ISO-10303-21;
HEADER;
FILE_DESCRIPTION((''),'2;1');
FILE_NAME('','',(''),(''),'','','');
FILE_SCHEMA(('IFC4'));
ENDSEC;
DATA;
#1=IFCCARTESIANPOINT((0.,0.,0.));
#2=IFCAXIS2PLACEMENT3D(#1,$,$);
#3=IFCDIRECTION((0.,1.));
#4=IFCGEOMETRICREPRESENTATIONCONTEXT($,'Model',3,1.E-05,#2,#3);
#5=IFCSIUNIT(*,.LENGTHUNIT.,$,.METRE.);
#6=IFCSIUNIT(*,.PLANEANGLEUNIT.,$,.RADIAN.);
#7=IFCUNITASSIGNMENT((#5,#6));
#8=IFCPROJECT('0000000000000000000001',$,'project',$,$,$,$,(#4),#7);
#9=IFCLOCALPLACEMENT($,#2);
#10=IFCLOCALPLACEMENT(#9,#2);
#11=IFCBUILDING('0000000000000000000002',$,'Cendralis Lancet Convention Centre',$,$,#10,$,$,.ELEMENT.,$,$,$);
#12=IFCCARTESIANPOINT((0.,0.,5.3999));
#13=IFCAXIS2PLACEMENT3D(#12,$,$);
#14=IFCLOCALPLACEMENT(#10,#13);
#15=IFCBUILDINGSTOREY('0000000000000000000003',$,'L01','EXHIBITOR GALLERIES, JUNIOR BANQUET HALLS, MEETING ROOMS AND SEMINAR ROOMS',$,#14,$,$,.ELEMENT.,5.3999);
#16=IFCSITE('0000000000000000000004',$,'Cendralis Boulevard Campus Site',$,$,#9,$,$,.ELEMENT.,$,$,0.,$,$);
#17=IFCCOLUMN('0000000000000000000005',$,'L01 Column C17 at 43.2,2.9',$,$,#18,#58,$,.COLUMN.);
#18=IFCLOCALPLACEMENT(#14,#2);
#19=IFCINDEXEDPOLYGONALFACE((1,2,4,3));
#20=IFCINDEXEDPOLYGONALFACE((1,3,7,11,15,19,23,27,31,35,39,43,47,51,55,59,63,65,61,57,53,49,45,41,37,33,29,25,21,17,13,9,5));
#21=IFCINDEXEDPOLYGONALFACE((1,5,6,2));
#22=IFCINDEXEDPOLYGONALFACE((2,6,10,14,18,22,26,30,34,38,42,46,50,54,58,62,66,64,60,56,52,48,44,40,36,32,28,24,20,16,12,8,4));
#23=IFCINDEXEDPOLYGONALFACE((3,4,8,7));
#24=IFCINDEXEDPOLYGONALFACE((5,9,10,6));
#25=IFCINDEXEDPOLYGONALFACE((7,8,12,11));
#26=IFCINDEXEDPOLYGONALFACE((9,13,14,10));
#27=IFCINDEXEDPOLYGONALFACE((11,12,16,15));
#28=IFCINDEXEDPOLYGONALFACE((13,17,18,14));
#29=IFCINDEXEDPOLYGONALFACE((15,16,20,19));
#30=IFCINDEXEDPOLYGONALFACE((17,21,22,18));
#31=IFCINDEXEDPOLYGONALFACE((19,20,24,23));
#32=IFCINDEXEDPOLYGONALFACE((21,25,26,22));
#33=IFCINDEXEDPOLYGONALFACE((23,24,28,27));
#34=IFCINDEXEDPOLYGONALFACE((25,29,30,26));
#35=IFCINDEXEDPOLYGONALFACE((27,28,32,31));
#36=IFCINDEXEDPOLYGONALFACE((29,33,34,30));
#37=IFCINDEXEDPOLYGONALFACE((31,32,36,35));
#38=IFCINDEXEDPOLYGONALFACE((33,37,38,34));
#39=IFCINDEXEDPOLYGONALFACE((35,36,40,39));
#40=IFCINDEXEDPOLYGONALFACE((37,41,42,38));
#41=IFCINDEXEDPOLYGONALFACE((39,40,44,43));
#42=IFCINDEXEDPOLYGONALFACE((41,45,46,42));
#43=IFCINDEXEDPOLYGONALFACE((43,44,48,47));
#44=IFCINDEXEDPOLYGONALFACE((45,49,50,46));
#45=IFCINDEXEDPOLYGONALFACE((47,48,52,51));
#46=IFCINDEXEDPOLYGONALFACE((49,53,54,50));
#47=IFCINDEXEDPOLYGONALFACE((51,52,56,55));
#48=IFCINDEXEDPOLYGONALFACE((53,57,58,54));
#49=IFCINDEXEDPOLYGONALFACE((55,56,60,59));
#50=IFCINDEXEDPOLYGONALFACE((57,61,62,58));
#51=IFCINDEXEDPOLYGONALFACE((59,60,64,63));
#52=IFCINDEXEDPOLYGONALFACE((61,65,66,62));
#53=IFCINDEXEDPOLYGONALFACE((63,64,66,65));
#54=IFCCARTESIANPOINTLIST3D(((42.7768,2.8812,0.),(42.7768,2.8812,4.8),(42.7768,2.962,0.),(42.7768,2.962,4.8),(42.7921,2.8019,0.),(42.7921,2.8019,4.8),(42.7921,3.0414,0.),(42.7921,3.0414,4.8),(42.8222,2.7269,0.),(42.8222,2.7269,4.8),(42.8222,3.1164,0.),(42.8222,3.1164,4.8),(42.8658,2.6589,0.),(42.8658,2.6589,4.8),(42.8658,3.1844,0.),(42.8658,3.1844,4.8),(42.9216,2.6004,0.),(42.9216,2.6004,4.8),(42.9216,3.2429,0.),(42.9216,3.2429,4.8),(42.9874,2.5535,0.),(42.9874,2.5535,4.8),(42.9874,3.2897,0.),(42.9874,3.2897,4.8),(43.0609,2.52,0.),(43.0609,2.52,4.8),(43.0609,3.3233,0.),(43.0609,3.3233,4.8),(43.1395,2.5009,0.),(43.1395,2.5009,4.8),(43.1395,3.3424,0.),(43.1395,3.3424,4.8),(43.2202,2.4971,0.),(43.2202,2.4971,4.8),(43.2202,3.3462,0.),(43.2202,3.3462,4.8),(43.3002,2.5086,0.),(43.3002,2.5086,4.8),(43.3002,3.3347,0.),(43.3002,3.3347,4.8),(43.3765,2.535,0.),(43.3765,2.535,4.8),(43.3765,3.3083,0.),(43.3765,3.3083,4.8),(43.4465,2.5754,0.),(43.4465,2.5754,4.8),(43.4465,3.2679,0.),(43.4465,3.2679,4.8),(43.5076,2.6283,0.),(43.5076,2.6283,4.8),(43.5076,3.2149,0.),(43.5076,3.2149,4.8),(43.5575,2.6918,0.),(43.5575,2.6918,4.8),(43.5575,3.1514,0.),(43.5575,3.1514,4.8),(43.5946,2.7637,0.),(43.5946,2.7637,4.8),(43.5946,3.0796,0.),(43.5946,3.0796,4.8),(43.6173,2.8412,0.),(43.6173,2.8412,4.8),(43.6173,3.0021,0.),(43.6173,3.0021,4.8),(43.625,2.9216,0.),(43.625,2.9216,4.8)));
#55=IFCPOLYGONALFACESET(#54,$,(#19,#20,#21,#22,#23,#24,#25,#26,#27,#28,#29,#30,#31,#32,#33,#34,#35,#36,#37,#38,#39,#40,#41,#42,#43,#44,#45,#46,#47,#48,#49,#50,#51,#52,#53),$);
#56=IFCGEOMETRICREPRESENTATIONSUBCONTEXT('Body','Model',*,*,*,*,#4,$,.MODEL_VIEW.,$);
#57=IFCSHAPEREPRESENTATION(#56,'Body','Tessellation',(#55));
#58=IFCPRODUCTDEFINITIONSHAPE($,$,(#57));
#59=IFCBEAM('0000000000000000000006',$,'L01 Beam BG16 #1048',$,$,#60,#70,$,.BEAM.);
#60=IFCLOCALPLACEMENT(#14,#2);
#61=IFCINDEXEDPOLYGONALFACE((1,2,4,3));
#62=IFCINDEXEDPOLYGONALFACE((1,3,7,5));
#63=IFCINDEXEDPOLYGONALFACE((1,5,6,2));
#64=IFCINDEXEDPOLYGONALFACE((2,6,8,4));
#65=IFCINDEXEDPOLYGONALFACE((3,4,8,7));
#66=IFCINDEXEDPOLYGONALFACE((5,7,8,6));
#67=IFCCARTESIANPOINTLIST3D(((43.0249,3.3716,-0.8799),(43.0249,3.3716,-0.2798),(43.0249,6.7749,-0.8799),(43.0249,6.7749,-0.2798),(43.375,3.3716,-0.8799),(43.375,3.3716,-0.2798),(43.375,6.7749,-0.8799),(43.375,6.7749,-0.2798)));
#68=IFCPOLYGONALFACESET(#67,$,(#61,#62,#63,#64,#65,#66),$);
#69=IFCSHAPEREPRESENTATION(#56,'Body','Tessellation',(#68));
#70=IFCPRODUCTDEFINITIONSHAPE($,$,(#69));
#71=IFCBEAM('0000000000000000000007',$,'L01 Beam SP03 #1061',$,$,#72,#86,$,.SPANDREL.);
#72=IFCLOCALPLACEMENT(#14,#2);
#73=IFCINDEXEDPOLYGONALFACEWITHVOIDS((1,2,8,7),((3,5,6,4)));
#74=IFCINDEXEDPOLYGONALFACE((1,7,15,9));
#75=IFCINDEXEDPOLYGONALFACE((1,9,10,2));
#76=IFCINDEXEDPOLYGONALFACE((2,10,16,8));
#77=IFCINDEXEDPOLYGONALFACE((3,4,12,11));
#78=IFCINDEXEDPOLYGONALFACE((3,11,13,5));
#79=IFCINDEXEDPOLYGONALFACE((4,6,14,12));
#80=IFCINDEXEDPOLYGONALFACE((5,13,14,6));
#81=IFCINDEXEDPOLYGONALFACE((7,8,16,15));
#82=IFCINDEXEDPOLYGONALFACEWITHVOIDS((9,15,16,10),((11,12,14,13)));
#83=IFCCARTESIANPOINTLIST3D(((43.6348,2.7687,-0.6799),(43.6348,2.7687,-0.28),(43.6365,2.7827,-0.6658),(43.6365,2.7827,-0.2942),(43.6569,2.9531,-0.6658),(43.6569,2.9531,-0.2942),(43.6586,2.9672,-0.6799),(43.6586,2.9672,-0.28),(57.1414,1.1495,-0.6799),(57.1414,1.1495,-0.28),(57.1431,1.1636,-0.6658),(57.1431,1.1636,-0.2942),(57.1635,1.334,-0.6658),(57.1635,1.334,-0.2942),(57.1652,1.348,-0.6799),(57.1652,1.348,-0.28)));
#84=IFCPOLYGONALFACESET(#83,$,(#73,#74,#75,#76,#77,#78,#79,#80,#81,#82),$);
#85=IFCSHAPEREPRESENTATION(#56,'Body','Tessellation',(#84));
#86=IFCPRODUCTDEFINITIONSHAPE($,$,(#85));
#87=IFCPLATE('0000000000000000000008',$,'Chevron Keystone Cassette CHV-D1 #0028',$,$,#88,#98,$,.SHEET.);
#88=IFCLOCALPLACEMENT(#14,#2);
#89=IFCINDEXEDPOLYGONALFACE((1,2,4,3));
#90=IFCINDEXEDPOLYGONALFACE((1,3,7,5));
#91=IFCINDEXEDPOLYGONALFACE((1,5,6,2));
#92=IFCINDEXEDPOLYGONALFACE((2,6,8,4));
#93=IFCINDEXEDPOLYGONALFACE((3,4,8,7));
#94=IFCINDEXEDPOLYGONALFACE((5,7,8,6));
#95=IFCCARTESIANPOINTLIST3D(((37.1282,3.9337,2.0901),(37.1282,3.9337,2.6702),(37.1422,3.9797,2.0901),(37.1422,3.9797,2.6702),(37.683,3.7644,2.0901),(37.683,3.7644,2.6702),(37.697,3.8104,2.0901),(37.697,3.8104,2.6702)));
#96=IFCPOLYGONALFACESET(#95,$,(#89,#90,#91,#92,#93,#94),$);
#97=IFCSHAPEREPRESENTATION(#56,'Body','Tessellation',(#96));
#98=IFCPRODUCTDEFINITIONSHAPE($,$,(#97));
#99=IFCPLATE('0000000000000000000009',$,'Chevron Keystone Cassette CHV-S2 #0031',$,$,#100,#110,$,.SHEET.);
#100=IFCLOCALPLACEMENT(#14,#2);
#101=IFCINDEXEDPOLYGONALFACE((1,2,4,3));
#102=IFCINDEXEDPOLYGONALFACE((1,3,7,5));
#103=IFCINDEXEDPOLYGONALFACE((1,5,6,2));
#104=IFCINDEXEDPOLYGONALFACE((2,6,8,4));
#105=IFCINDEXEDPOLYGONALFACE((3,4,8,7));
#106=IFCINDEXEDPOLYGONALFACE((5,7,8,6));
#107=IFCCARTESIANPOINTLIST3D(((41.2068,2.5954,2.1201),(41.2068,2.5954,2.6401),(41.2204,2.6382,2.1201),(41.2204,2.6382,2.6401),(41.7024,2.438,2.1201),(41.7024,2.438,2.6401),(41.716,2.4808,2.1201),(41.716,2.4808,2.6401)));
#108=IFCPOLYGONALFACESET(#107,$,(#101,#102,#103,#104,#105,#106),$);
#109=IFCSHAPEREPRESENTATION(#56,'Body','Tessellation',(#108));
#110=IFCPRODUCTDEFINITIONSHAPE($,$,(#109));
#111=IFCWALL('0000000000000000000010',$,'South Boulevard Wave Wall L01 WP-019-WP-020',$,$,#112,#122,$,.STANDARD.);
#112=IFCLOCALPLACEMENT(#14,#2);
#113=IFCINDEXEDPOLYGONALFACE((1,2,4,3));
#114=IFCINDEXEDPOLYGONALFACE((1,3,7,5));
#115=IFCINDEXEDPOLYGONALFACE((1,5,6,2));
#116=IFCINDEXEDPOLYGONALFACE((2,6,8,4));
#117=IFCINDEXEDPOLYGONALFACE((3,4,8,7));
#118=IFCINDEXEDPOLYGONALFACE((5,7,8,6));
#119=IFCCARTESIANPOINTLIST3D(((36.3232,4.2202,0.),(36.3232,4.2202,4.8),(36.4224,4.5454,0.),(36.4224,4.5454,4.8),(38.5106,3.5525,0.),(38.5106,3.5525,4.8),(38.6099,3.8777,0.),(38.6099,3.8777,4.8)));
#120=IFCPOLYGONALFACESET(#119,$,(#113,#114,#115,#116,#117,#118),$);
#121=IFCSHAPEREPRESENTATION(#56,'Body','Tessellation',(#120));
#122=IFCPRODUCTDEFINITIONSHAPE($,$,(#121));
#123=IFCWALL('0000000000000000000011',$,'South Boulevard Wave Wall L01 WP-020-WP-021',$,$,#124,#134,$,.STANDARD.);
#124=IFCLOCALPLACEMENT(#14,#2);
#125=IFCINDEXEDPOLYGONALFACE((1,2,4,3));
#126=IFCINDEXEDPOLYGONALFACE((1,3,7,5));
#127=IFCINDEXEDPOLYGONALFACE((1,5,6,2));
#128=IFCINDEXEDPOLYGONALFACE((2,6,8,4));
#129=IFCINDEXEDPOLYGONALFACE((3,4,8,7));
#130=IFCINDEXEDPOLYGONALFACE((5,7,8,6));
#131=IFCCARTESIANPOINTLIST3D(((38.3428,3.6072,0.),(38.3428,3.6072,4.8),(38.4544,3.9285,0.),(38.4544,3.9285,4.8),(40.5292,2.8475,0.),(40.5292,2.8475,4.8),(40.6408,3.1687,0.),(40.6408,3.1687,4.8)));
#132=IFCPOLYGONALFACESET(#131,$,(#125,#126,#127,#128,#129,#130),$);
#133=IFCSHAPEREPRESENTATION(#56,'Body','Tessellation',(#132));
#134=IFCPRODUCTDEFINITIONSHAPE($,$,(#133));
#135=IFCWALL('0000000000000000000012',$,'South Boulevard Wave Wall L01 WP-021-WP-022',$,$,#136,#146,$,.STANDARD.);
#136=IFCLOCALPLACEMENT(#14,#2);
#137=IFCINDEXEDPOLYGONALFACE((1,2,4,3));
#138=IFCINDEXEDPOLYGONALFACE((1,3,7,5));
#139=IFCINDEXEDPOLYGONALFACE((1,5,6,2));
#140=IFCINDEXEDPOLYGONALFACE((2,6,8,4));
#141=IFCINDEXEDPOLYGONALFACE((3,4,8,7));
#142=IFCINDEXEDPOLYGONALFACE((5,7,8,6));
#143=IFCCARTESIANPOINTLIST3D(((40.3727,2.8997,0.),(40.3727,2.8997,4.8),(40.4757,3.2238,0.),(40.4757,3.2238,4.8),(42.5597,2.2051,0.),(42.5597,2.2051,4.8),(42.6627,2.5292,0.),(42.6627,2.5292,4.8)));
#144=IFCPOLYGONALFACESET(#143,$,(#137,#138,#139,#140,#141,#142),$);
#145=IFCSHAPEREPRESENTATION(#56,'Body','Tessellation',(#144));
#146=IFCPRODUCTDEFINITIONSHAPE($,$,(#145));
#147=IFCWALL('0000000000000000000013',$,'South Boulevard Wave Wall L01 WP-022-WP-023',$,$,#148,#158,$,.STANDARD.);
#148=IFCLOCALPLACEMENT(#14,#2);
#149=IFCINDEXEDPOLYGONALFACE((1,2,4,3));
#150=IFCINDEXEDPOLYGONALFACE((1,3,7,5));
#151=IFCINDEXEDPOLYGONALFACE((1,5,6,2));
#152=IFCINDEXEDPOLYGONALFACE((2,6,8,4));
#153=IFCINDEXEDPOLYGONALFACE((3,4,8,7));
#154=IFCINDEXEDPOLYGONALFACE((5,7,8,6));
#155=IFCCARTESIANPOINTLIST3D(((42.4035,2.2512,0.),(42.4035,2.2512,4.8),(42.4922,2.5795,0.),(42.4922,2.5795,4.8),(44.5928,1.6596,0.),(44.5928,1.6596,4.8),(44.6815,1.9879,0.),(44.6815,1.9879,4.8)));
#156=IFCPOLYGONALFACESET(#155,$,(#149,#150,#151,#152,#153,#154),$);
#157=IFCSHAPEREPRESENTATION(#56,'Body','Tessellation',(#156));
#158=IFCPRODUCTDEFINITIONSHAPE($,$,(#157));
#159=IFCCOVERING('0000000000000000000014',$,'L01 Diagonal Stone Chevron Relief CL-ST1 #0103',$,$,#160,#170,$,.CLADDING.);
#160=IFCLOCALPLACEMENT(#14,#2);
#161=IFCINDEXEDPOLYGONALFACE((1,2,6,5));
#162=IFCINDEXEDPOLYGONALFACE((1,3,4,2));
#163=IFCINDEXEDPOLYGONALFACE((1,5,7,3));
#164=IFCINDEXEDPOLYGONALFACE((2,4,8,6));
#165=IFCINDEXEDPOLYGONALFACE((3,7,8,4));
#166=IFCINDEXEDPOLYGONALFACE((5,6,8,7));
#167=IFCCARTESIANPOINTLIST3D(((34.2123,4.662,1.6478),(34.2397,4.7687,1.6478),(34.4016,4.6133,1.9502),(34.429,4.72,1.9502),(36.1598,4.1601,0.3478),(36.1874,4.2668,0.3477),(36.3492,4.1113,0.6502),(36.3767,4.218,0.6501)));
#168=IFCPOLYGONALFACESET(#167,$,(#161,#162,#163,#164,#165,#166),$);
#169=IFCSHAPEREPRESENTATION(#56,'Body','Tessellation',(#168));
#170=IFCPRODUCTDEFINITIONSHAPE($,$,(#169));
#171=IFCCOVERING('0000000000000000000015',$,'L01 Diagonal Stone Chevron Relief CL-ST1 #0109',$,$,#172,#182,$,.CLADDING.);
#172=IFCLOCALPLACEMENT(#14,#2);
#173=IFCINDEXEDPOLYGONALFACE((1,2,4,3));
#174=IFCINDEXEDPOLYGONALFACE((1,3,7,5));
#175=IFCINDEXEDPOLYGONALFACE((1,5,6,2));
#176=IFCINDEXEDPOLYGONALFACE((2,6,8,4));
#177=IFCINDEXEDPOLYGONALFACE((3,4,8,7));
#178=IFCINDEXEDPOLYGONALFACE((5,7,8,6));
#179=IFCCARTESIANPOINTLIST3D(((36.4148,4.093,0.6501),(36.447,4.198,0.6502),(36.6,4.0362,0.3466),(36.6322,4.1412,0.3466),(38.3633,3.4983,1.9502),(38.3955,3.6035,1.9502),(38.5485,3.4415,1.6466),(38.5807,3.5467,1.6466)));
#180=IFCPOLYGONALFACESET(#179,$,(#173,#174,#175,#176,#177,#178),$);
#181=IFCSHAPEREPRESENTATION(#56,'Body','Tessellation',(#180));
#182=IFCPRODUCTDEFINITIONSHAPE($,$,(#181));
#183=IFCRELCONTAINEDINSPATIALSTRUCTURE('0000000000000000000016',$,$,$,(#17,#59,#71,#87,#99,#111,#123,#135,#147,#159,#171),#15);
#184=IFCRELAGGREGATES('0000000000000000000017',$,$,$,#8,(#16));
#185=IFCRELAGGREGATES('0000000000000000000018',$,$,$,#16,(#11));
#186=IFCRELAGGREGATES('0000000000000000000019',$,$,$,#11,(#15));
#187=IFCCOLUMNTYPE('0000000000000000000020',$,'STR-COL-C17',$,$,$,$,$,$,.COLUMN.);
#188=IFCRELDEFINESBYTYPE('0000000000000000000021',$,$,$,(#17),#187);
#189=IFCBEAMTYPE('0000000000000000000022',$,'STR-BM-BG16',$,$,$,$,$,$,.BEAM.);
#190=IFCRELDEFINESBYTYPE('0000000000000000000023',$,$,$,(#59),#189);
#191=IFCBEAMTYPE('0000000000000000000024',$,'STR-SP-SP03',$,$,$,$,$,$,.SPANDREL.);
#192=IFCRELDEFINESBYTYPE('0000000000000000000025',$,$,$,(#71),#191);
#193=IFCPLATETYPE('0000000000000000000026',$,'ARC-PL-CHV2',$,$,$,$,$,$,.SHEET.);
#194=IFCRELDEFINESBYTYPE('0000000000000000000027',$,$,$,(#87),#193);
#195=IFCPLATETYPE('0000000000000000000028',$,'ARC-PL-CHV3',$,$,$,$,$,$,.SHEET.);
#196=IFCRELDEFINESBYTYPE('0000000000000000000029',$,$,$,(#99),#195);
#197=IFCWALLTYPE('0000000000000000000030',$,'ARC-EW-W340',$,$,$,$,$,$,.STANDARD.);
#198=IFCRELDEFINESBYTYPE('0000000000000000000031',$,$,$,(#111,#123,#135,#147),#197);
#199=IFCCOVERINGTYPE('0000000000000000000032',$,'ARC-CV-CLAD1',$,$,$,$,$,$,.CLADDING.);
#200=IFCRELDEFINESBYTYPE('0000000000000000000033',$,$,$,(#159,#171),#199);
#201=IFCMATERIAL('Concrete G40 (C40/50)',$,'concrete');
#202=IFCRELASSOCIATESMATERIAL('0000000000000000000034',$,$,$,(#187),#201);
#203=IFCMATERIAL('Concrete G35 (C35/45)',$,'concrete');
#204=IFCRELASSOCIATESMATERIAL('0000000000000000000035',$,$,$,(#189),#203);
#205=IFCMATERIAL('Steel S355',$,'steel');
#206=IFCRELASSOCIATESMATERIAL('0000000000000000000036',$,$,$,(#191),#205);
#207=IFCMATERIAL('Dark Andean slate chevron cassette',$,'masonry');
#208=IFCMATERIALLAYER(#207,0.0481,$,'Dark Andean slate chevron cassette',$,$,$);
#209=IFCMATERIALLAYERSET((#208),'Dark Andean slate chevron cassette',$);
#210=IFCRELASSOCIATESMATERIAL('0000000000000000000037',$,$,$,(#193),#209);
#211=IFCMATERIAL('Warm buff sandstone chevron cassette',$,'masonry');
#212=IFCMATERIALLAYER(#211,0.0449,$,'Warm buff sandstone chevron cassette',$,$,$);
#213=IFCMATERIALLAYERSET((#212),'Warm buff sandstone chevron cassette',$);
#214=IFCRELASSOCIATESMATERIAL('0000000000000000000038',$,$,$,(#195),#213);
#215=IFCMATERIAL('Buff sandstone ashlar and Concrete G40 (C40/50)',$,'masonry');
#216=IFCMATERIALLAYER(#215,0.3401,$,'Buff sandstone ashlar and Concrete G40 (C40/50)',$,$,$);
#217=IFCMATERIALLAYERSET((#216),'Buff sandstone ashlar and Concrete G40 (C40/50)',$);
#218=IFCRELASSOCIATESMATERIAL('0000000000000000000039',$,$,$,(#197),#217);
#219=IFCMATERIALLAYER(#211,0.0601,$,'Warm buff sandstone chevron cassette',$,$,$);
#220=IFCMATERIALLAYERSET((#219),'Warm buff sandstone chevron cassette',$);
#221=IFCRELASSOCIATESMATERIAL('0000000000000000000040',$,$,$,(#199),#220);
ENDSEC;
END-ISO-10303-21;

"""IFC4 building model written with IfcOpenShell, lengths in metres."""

from ifc_helpers import new_model, si_unit, direction, frame, frame_2d, origin, origin_2d, place, context, subcontext, project, spatial, polyline, rectangle, hollow_rectangle, circle, outline, extrude, material, layer, layer_set, material_profile, profile_set, type_object, element, save


model = new_model("IFC4")

# Units and contexts
model_context = context("Model", 3, precision=1e-05, world=origin(), true_north=direction((0.0, 1.0)))
body_context = subcontext(model_context, "Body", "Model", "MODEL_VIEW")
ifc_project = project(units=[si_unit("LENGTHUNIT", "METRE"), si_unit("PLANEANGLEUNIT", "RADIAN")], contexts=[model_context])

# Site, building, storey
site_placement = place(None, origin())
site = spatial("IfcSite", under=ifc_project, at=site_placement, Name="Cendralis Boulevard Campus Site", CompositionType="ELEMENT", RefElevation=0.0)
building_placement = place(site_placement, origin())
building = spatial("IfcBuilding", under=site, at=building_placement, Name="Cendralis Lancet Convention Centre", CompositionType="ELEMENT")
storey_placement = place(building_placement, frame((0.0, 0.0, 5.3999)))
storey = spatial("IfcBuildingStorey", under=building, at=storey_placement, Name="L01", Description="EXHIBITOR GALLERIES, JUNIOR BANQUET HALLS, MEETING ROOMS AND SEMINAR ROOMS", CompositionType="ELEMENT", Elevation=5.3999)

# Column
ifc_material_1 = material(Name="Concrete G40 (C40/50)", Category="concrete")
ifc_material_profile_1 = material_profile(ifc_material_1, circle(Radius=0.425, at=origin_2d()), Name="RC D850")
ifc_profile_set_1 = profile_set([ifc_material_profile_1], Name="Concrete G40 (C40/50)")
column_type = type_object("IfcColumnType", Name="STR-COL-C17", PredefinedType="COLUMN", material=ifc_profile_set_1)
column_placement = place(storey_placement, frame((43.2, 2.9216, 0.0), z_axis=(0.0, 0.0, 1.0), x_axis=(1.0, 0.0, 0.0)))
element("IfcColumn", 1, at=column_placement, inside=storey, type_object=column_type, Name="L01 Column C17 at 43.2,2.9", PredefinedType="COLUMN", context=body_context, shape_type="SweptSolid", body=[
    extrude(circle(Radius=0.425, at=origin_2d()), origin(), (0.0, 0.0, 1.0), 4.8),
])

# Beams
ifc_material_2 = material(Name="Concrete G35 (C35/45)", Category="concrete")
ifc_material_profile_2 = material_profile(ifc_material_2, rectangle(XDim=0.3501, YDim=0.6001, at=origin_2d()), Name="RCB 350x600")
ifc_profile_set_2 = profile_set([ifc_material_profile_2], Name="Concrete G35 (C35/45)")
beam_type_1 = type_object("IfcBeamType", Name="STR-BM-BG16", PredefinedType="BEAM", material=ifc_profile_set_2)
beam_1_placement = place(storey_placement, frame((43.2, 3.3716, -0.5798), z_axis=(0.0, 1.0, 0.0), x_axis=(-1.0, 0.0, 0.0)))
element("IfcBeam", 2, at=beam_1_placement, inside=storey, type_object=beam_type_1, Name="L01 Beam BG16 #1048", PredefinedType="BEAM", context=body_context, shape_type="SweptSolid", body=[
    extrude(rectangle(XDim=0.3501, YDim=0.6001, at=origin_2d()), origin(), (0.0, 0.0, 1.0), 3.4033),
])
ifc_material_3 = material(Name="Steel S355", Category="steel")
ifc_material_profile_3 = material_profile(ifc_material_3, hollow_rectangle(XDim=0.2, YDim=0.3999, WallThickness=0.0142, at=origin_2d()), Name="RHS 400x200x14.2")
ifc_profile_set_3 = profile_set([ifc_material_profile_3], Name="Steel S355")
beam_type_2 = type_object("IfcBeamType", Name="STR-SP-SP03", PredefinedType="SPANDREL", material=ifc_profile_set_3)
beam_2_placement = place(storey_placement, frame((43.6467, 2.8679, -0.48), z_axis=(0.992891, -0.119026, 0.0), x_axis=(0.119026, 0.992891, 0.0)))
element("IfcBeam", 3, at=beam_2_placement, inside=storey, type_object=beam_type_2, Name="L01 Beam SP03 #1061", PredefinedType="SPANDREL", context=body_context, shape_type="SweptSolid", body=[
    extrude(hollow_rectangle(XDim=0.2, YDim=0.3999, WallThickness=0.0142, at=origin_2d()), origin(), (0.0, 0.0, 1.0), 13.6033),
])

# Plates
ifc_material_4 = material(Name="Dark Andean slate chevron cassette", Category="masonry")
ifc_layer_1 = layer(ifc_material_4, 0.0481, Name="Dark Andean slate chevron cassette")
ifc_layer_set_1 = layer_set([ifc_layer_1], Name="Dark Andean slate chevron cassette")
plate_type_1 = type_object("IfcPlateType", Name="ARC-PL-CHV2", PredefinedType="SHEET", material=ifc_layer_set_1)
plate_1_placement = place(storey_placement, frame((37.4126, 3.8721, 2.0901), z_axis=(0.0, 0.0, 1.0), x_axis=(0.956453, -0.291888, 0.0)))
element("IfcPlate", 4, at=plate_1_placement, inside=storey, type_object=plate_type_1, Name="Chevron Keystone Cassette CHV-D1 #0028", PredefinedType="SHEET", context=body_context, shape_type="SweptSolid", body=[
    extrude(rectangle(XDim=0.5801, YDim=0.0481, at=origin_2d()), origin(), (0.0, 0.0, 1.0), 0.5801),
])
ifc_material_5 = material(Name="Warm buff sandstone chevron cassette", Category="masonry")
ifc_layer_2 = layer(ifc_material_5, 0.0449, Name="Warm buff sandstone chevron cassette")
ifc_layer_set_2 = layer_set([ifc_layer_2], Name="Warm buff sandstone chevron cassette")
plate_type_2 = type_object("IfcPlateType", Name="ARC-PL-CHV3", PredefinedType="SHEET", material=ifc_layer_set_2)
plate_2_placement = place(storey_placement, frame((41.4614, 2.5381, 2.1201), z_axis=(0.0, 0.0, 1.0), x_axis=(0.953106, -0.302636, 0.0)))
element("IfcPlate", 5, at=plate_2_placement, inside=storey, type_object=plate_type_2, Name="Chevron Keystone Cassette CHV-S2 #0031", PredefinedType="SHEET", context=body_context, shape_type="SweptSolid", body=[
    extrude(rectangle(XDim=0.52, YDim=0.0449, at=origin_2d()), origin(), (0.0, 0.0, 1.0), 0.52),
])

# Walls
ifc_material_6 = material(Name="Buff sandstone ashlar and Concrete G40 (C40/50)", Category="masonry")
ifc_layer_3 = layer(ifc_material_6, 0.3401, Name="Buff sandstone ashlar and Concrete G40 (C40/50)")
ifc_layer_set_3 = layer_set([ifc_layer_3], Name="Buff sandstone ashlar and Concrete G40 (C40/50)")
wall_type = type_object("IfcWallType", Name="ARC-EW-W340", PredefinedType="STANDARD", material=ifc_layer_set_3)
wall_1_placement = place(storey_placement, frame((36.3728, 4.3828, 0.0), z_axis=(0.0, 0.0, 1.0), x_axis=(0.956434, -0.291947, 0.0)))
element("IfcWall", 6, at=wall_1_placement, inside=storey, type_object=wall_type, Name="South Boulevard Wave Wall L01 WP-019-WP-020", PredefinedType="STANDARD", context=body_context, shape_type="SweptSolid", body=[
    extrude(rectangle(XDim=2.2871, YDim=0.3401, at=frame_2d((1.1436, 0.0))), origin(), (0.0, 0.0, 1.0), 4.8),
])
wall_2_placement = place(storey_placement, frame((38.3987, 3.7678, 0.0), z_axis=(0.0, 0.0, 1.0), x_axis=(0.944599, -0.328226, 0.0)))
element("IfcWall", 7, at=wall_2_placement, inside=storey, type_object=wall_type, Name="South Boulevard Wave Wall L01 WP-020-WP-021", PredefinedType="STANDARD", context=body_context, shape_type="SweptSolid", body=[
    extrude(rectangle(XDim=2.3147, YDim=0.3401, at=frame_2d((1.1572, 0.0))), origin(), (0.0, 0.0, 1.0), 4.8),
])
wall_3_placement = place(storey_placement, frame((40.4241, 3.0618, 0.0), z_axis=(0.0, 0.0, 1.0), x_axis=(0.953088, -0.302694, 0.0)))
element("IfcWall", 8, at=wall_3_placement, inside=storey, type_object=wall_type, Name="South Boulevard Wave Wall L01 WP-021-WP-022", PredefinedType="STANDARD", context=body_context, shape_type="SweptSolid", body=[
    extrude(rectangle(XDim=2.2947, YDim=0.3401, at=frame_2d((1.1475, 0.0))), origin(), (0.0, 0.0, 1.0), 4.8),
])
wall_4_placement = place(storey_placement, frame((42.448, 2.4153, 0.0), z_axis=(0.0, 0.0, 1.0), x_axis=(0.965377, -0.260858, 0.0)))
element("IfcWall", 9, at=wall_4_placement, inside=storey, type_object=wall_type, Name="South Boulevard Wave Wall L01 WP-022-WP-023", PredefinedType="STANDARD", context=body_context, shape_type="SweptSolid", body=[
    extrude(rectangle(XDim=2.2678, YDim=0.3401, at=frame_2d((1.1338, 0.0))), origin(), (0.0, 0.0, 1.0), 4.8),
])

# Coverings
ifc_layer_4 = layer(ifc_material_5, 0.0601, Name="Warm buff sandstone chevron cassette")
ifc_layer_set_4 = layer_set([ifc_layer_4], Name="Warm buff sandstone chevron cassette")
covering_type_1 = type_object("IfcCoveringType", Name="ARC-CV-CLAD1", PredefinedType="CLADDING", material=ifc_layer_set_4)
covering_1_placement = place(storey_placement, frame((34.4016, 4.6133, 1.9502), z_axis=(0.525709, -0.135337, 0.83983), x_axis=(0.813252, -0.209608, -0.54285)))
element("IfcCovering", 10, at=covering_1_placement, inside=storey, type_object=covering_type_1, Name="L01 Diagonal Stone Chevron Relief CL-ST1 #0103", PredefinedType="CLADDING", context=body_context, shape_type="SweptSolid", body=[
    extrude(outline(polyline([(0.0, 0.0), (2.3948, 0.0), (2.3948, 0.1102), (-0.0001, 0.1101), (0.0, 0.0)])), origin(), (0.0, 0.0, -1.0), 0.3601),
])
covering_2_placement = place(storey_placement, frame((36.4148, 4.093, 0.6501), z_axis=(-0.514317, 0.1577, 0.842976), x_axis=(0.806256, -0.246089, 0.537951)))
element("IfcCovering", 11, at=covering_2_placement, inside=storey, type_object=covering_type_1, Name="L01 Diagonal Stone Chevron Relief CL-ST1 #0109", PredefinedType="CLADDING", context=body_context, shape_type="SweptSolid", body=[
    extrude(outline(polyline([(0.0, 0.0), (2.4167, 0.0), (2.4168, 0.11), (0.0001, 0.1098), (0.0, 0.0)])), origin(), (0.0, 0.0, -1.0), 0.3601),
])

save(model, "model.ifc")
